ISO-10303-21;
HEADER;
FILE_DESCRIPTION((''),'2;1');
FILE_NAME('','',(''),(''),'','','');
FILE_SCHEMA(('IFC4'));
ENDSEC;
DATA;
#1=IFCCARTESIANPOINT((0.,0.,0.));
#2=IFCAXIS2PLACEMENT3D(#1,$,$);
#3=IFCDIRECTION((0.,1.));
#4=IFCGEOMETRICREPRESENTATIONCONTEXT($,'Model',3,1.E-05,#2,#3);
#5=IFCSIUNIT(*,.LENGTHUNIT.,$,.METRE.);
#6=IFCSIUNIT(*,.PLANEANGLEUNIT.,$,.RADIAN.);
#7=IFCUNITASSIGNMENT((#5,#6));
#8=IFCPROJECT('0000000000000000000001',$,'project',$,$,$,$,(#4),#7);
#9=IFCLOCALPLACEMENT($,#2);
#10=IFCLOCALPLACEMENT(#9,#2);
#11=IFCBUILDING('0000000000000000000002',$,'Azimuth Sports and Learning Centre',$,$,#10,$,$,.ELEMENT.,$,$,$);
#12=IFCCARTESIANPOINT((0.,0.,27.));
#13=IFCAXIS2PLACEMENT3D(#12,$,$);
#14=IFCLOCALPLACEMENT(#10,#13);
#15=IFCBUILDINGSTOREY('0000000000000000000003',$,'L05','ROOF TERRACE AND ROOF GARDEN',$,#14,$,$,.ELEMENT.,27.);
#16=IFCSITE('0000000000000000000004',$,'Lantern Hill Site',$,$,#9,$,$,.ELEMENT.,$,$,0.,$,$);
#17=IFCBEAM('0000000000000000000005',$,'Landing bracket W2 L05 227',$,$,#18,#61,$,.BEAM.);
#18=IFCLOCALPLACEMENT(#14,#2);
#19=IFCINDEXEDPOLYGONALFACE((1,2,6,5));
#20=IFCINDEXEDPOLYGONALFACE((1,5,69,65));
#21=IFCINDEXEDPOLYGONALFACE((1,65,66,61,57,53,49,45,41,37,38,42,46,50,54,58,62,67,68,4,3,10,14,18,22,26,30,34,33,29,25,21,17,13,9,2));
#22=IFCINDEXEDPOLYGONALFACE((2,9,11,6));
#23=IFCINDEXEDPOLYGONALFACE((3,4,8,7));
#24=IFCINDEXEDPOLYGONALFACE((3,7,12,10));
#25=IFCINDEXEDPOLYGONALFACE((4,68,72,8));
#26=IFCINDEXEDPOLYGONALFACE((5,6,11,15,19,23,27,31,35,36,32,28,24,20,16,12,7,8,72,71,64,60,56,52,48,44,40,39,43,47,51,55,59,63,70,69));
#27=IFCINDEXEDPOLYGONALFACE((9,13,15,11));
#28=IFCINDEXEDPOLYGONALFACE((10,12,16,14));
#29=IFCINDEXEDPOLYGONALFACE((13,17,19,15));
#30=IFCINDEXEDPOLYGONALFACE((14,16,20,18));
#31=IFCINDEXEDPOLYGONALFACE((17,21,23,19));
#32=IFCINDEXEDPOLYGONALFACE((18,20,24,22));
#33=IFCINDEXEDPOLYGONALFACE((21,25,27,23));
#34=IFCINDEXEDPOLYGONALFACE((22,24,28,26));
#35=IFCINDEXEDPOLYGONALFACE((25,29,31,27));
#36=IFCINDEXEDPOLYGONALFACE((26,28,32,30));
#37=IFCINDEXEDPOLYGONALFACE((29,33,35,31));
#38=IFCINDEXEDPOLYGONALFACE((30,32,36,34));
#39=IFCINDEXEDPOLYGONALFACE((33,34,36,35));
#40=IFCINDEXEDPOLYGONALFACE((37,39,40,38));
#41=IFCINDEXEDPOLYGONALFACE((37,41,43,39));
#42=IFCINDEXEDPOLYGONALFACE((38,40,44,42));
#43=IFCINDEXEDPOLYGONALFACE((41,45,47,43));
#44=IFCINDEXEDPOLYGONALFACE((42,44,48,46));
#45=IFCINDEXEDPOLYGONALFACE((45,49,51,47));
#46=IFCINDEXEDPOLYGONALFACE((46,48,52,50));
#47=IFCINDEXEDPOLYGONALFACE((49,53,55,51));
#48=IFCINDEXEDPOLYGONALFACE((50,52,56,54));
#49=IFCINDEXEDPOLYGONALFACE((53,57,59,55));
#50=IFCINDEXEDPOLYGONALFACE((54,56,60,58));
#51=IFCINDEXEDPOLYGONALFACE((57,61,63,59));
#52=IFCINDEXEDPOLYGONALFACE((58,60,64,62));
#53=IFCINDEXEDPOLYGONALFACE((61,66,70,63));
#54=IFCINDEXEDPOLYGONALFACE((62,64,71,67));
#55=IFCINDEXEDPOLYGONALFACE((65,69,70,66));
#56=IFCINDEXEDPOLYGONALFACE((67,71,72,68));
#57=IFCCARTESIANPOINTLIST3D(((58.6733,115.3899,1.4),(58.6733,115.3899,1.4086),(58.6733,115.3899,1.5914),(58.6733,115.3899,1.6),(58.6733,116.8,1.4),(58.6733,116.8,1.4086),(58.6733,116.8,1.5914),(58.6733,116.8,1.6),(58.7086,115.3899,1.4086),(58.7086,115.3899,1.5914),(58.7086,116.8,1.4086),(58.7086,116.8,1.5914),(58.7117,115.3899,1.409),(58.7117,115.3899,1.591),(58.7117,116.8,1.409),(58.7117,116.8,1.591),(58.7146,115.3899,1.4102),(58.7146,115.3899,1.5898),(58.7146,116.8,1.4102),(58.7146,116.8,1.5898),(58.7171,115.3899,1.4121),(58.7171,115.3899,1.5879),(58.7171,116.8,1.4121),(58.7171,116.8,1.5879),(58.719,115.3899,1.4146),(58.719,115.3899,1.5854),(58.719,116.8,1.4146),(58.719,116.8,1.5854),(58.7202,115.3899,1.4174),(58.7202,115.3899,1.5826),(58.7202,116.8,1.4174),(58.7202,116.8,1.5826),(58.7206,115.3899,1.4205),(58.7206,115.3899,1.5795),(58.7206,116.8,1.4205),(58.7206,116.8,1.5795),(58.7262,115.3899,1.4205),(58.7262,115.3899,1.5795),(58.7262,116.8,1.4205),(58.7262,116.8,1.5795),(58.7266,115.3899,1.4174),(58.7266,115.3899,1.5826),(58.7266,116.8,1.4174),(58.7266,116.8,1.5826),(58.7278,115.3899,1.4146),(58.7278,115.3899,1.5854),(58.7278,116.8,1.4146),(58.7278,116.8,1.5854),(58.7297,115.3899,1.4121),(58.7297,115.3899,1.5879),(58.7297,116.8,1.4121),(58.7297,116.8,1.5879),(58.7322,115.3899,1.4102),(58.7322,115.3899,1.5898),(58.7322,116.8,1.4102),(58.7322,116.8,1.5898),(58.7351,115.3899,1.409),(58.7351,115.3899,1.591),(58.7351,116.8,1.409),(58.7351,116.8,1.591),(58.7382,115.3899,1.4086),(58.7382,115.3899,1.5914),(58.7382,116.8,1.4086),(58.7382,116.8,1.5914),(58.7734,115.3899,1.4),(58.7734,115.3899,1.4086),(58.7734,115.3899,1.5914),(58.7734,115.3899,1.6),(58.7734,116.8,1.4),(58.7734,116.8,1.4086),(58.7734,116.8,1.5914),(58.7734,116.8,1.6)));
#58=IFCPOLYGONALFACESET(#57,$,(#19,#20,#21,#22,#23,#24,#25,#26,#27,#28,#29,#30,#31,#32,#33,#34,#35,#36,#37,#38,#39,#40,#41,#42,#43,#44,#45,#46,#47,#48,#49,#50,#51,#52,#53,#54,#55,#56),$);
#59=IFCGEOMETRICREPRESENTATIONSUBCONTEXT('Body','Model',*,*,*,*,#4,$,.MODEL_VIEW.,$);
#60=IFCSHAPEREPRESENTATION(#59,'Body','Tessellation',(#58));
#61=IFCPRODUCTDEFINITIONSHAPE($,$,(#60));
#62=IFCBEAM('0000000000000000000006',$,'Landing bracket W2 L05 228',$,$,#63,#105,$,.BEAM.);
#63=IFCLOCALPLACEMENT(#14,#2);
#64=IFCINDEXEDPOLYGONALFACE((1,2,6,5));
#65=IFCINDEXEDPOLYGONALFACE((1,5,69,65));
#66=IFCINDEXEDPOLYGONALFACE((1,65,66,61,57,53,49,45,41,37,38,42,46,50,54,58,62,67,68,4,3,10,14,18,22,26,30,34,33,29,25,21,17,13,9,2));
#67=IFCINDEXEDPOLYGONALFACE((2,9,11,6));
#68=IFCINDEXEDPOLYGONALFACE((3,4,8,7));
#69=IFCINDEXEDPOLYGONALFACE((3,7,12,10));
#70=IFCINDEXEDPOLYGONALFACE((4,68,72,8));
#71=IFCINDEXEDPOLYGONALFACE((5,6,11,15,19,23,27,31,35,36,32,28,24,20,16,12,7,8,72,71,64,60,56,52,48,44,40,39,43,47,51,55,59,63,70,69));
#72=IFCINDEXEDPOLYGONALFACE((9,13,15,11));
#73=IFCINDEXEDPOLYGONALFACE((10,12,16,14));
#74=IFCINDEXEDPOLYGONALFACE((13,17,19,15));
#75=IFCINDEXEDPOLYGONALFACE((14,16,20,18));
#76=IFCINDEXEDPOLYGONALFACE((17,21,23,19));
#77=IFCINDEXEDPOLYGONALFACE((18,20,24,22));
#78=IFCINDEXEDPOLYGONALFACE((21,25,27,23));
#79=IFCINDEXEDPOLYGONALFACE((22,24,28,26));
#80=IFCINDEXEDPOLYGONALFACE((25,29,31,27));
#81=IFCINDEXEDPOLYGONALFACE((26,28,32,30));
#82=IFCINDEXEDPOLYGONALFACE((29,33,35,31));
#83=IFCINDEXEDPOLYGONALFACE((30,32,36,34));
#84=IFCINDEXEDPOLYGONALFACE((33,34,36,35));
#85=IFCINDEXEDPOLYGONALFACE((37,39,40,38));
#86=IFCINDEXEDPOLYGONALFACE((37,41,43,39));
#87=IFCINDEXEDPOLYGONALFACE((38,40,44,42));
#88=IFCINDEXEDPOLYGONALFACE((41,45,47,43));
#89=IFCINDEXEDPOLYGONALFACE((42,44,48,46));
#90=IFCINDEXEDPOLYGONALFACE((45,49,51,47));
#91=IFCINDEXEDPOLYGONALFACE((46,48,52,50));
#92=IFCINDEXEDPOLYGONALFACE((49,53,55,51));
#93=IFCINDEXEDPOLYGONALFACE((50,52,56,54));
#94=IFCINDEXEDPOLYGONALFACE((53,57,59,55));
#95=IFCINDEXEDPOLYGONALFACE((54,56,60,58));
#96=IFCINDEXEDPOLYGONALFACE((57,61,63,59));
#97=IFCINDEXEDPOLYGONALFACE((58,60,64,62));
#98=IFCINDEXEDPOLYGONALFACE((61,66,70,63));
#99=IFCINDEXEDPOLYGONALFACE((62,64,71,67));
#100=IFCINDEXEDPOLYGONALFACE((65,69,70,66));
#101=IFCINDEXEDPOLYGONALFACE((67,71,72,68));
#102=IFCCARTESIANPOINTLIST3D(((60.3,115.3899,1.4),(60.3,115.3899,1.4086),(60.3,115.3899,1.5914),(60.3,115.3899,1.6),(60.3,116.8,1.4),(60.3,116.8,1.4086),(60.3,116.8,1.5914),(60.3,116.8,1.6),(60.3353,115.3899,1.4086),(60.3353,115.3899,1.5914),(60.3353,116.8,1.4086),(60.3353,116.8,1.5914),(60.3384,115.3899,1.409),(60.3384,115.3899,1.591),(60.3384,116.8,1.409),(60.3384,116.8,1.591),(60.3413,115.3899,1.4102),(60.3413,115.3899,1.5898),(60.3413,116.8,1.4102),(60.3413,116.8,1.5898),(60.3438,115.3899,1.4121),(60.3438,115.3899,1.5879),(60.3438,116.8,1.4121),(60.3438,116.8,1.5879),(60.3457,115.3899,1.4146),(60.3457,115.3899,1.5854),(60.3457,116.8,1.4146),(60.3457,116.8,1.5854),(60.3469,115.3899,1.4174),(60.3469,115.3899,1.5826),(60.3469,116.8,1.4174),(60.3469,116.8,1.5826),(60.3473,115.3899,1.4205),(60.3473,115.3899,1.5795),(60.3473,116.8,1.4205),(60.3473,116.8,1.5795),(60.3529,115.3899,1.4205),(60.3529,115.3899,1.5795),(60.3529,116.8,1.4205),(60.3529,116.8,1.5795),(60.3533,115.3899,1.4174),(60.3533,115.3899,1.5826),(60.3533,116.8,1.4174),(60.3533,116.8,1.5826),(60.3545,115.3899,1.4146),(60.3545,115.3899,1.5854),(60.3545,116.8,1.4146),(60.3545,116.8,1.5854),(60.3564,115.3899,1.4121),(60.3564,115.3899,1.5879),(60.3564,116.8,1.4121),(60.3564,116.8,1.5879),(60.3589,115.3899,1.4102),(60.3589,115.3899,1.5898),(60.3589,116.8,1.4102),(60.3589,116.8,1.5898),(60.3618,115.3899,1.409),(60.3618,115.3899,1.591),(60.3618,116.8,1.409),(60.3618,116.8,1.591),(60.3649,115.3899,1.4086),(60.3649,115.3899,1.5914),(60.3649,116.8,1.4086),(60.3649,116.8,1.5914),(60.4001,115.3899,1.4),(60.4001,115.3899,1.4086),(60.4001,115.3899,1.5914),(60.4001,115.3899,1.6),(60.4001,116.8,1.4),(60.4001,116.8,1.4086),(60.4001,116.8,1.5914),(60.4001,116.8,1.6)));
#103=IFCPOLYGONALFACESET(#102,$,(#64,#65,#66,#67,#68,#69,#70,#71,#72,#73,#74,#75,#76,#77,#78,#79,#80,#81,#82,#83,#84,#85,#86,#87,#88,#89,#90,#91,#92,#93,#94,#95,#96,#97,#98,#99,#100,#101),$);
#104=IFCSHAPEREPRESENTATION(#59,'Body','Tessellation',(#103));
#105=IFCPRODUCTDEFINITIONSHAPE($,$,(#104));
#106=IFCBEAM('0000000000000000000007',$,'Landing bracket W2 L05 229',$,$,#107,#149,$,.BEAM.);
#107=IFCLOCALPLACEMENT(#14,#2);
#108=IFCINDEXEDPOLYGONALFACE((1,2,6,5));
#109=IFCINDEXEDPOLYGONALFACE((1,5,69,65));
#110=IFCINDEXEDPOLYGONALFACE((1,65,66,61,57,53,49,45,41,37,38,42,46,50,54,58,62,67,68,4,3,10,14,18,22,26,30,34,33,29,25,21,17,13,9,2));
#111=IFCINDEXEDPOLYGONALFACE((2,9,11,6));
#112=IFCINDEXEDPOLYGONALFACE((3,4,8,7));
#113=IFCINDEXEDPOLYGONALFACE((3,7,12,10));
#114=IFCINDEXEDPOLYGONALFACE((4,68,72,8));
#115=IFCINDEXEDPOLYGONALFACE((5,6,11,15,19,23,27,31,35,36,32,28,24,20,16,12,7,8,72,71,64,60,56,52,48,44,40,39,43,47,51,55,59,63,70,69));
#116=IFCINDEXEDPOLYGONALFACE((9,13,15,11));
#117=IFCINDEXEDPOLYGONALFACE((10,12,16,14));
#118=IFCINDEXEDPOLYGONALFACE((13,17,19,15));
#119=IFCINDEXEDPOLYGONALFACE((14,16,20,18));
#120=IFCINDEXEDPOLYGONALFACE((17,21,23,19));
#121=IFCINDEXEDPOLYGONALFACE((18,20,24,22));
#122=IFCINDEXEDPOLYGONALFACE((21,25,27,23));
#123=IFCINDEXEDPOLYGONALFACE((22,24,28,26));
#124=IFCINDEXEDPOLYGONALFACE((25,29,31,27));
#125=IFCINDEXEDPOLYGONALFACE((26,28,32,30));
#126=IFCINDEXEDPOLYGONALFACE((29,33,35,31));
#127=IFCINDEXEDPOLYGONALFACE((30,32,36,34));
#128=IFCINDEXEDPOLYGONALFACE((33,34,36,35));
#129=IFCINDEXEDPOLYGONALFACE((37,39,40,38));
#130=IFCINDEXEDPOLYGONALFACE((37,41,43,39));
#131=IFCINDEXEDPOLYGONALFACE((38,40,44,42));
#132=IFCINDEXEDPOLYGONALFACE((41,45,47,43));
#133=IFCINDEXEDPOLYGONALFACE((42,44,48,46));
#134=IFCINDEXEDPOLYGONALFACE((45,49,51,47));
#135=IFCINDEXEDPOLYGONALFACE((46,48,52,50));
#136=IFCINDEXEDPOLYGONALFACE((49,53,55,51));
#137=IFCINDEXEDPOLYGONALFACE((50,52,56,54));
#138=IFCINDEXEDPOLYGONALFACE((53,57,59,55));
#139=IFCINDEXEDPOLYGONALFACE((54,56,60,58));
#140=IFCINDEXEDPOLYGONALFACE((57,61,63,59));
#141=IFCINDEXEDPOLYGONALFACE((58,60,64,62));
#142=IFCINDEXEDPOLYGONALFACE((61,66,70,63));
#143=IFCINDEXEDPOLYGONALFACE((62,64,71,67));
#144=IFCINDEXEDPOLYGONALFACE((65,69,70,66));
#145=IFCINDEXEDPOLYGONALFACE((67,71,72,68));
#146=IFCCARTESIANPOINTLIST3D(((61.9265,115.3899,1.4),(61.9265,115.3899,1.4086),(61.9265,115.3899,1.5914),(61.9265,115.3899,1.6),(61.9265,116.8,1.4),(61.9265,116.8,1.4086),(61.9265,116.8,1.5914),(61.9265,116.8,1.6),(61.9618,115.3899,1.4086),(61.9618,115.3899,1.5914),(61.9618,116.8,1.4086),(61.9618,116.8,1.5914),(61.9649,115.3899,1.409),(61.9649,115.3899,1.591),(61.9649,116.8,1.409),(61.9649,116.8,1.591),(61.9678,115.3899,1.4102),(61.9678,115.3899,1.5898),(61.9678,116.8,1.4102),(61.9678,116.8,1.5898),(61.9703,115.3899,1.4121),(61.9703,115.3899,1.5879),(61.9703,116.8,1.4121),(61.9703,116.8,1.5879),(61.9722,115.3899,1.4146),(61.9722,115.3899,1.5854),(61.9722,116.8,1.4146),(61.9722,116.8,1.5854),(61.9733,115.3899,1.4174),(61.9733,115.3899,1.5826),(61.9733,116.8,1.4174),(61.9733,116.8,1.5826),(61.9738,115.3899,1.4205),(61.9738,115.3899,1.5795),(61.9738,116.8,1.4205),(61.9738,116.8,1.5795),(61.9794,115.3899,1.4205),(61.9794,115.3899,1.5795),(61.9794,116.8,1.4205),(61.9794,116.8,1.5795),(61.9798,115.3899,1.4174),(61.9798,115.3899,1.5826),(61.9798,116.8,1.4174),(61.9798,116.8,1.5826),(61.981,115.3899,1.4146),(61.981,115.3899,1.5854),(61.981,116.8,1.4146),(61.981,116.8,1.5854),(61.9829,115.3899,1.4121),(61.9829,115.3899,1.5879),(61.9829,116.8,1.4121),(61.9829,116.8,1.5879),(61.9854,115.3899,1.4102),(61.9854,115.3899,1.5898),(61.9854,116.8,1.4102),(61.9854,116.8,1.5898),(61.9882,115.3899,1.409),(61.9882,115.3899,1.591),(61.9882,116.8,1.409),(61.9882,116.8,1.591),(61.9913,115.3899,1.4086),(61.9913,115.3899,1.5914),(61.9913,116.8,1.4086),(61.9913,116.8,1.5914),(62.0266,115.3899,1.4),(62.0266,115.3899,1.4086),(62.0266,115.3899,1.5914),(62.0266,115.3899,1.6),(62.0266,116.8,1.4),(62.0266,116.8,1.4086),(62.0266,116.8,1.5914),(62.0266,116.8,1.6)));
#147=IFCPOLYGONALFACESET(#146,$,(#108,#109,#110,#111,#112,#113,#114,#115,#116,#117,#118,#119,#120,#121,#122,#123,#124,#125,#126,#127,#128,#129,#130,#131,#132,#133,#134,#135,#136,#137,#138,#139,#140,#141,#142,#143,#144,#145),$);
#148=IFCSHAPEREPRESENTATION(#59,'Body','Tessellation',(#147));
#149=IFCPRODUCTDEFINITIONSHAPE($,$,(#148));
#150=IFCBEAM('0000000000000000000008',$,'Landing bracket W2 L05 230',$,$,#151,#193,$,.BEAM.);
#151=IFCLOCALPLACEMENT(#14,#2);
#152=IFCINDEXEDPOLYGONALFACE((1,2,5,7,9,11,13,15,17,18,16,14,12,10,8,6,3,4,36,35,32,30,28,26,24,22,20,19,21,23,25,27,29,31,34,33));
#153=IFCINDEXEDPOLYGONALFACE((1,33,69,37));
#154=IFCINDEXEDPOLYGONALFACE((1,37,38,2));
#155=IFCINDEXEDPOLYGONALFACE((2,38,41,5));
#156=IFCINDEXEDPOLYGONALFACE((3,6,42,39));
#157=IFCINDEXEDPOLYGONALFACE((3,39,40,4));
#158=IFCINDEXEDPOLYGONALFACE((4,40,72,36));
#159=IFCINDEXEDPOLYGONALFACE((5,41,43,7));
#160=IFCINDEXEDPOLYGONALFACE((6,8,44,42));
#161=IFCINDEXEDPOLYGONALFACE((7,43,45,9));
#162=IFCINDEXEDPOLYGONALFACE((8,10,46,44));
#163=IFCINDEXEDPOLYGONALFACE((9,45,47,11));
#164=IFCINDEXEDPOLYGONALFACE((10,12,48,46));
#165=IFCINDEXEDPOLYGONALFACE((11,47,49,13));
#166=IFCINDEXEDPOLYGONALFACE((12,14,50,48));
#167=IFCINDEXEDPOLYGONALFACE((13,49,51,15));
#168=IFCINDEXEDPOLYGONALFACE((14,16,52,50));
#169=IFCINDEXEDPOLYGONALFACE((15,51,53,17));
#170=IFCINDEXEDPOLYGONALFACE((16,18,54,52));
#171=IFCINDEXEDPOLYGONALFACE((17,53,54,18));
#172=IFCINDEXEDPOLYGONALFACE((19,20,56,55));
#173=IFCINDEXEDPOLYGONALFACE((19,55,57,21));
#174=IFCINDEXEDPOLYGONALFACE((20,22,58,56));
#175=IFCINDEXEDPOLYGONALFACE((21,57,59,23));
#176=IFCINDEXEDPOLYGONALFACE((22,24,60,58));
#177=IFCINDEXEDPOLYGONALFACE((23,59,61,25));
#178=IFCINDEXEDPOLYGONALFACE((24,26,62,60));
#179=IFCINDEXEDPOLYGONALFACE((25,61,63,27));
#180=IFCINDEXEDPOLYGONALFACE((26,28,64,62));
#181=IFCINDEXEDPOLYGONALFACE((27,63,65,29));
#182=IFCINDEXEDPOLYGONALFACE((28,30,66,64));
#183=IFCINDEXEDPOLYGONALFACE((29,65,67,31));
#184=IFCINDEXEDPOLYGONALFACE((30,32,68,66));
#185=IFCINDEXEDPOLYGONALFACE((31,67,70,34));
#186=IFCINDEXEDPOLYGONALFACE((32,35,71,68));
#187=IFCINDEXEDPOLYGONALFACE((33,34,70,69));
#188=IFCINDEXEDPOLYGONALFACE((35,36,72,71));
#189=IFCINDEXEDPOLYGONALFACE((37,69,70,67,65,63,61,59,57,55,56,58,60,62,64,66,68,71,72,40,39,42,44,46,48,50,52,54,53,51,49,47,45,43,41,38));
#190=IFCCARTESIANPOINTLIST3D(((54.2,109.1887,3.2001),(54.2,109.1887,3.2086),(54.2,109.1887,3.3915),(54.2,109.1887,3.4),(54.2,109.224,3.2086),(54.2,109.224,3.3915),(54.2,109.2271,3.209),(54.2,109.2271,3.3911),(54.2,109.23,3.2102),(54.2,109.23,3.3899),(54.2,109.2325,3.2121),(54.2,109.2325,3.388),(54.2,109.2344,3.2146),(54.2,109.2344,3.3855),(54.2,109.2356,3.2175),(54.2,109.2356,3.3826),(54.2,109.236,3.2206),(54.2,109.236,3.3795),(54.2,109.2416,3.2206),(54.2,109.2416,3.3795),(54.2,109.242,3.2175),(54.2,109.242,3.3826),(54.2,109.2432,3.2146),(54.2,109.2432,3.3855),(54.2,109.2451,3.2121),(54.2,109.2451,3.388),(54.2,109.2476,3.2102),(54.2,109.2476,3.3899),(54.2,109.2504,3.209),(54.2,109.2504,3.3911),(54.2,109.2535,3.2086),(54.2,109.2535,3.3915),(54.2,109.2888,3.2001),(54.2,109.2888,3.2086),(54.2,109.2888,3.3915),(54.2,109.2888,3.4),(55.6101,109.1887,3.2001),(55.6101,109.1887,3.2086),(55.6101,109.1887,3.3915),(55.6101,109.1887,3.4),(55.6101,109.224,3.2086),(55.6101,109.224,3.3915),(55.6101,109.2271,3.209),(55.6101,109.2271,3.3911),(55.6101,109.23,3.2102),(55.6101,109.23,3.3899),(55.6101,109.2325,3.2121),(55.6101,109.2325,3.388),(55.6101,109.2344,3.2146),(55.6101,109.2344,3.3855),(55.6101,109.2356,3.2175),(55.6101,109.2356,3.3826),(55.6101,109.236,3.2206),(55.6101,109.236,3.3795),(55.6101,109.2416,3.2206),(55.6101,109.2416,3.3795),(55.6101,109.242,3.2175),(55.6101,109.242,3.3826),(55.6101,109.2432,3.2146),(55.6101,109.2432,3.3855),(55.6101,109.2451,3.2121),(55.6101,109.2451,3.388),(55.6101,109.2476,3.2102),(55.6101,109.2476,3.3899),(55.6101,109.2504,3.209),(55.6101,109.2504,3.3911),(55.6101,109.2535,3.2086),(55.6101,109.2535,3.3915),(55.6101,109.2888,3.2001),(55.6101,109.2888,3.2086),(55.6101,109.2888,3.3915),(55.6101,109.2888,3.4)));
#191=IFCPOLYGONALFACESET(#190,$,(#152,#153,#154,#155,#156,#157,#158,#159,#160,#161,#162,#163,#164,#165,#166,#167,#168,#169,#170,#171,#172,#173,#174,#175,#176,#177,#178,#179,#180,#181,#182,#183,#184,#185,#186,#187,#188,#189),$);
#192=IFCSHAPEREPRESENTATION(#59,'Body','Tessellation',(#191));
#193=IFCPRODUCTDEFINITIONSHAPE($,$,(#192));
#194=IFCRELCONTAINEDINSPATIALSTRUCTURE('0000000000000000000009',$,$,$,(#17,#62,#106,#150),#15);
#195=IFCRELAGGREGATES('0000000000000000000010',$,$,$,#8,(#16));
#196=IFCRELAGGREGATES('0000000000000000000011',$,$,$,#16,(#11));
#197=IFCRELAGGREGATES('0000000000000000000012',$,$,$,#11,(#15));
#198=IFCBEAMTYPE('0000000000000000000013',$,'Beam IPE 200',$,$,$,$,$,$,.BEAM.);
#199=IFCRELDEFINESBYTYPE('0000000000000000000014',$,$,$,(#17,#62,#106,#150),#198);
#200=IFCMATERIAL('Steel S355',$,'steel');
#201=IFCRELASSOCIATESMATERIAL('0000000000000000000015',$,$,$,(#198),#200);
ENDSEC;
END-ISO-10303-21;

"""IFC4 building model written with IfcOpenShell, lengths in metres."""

from ifc_helpers import new_model, si_unit, direction, frame, origin, origin_2d, place, context, subcontext, project, spatial, i_section, extrude, material, material_profile, profile_set, type_object, element, save


model = new_model("IFC4")

# Units and contexts
model_context = context("Model", 3, precision=1e-05, world=origin(), true_north=direction((0.0, 1.0)))
body_context = subcontext(model_context, "Body", "Model", "MODEL_VIEW")
ifc_project = project(units=[si_unit("LENGTHUNIT", "METRE"), si_unit("PLANEANGLEUNIT", "RADIAN")], contexts=[model_context])

# Site, building, storey
site_placement = place(None, origin())
site = spatial("IfcSite", under=ifc_project, at=site_placement, Name="Lantern Hill Site", CompositionType="ELEMENT", RefElevation=0.0)
building_placement = place(site_placement, origin())
building = spatial("IfcBuilding", under=site, at=building_placement, Name="Azimuth Sports and Learning Centre", CompositionType="ELEMENT")
storey_placement = place(building_placement, frame((0.0, 0.0, 27.0)))
storey = spatial("IfcBuildingStorey", under=building, at=storey_placement, Name="L05", Description="ROOF TERRACE AND ROOF GARDEN", CompositionType="ELEMENT", Elevation=27.0)

# Beams
ifc_material_1 = material(Name="Steel S355", Category="steel")
ifc_material_profile = material_profile(ifc_material_1, i_section(OverallWidth=0.1001, OverallDepth=0.2, WebThickness=0.0056, FlangeThickness=0.0085, FilletRadius=0.012, at=origin_2d()), Name="IPE 200")
ifc_profile_set = profile_set([ifc_material_profile], Name="Steel S355")
beam_type = type_object("IfcBeamType", Name="Beam IPE 200", PredefinedType="BEAM", material=ifc_profile_set)
for number, where, z_axis, x_axis, name in (
    (1, (58.7234, 116.8, 1.5), (0.0, -1.0, 0.0), (1.0, 0.0, 0.0), "Landing bracket W2 L05 227"),
    (2, (60.3501, 116.8, 1.5), (0.0, -1.0, 0.0), (1.0, 0.0, 0.0), "Landing bracket W2 L05 228"),
    (3, (61.9766, 116.8, 1.5), (0.0, -1.0, 0.0), (1.0, 0.0, 0.0), "Landing bracket W2 L05 229"),
    (4, (54.2, 109.2388, 3.3), (1.0, 0.0, 0.0), (0.0, 1.0, 0.0), "Landing bracket W2 L05 230"),
):
    element("IfcBeam", number, at=place(storey_placement, frame(where, z_axis=z_axis, x_axis=x_axis)), inside=storey, type_object=beam_type, Name=name, PredefinedType="BEAM", context=body_context, shape_type="SweptSolid", body=[
        extrude(i_section(OverallWidth=0.1001, OverallDepth=0.2, WebThickness=0.0056, FlangeThickness=0.0085, FilletRadius=0.012, at=origin_2d()), origin(), (0.0, 0.0, 1.0), 1.4102),
    ])

save(model, "model.ifc")
